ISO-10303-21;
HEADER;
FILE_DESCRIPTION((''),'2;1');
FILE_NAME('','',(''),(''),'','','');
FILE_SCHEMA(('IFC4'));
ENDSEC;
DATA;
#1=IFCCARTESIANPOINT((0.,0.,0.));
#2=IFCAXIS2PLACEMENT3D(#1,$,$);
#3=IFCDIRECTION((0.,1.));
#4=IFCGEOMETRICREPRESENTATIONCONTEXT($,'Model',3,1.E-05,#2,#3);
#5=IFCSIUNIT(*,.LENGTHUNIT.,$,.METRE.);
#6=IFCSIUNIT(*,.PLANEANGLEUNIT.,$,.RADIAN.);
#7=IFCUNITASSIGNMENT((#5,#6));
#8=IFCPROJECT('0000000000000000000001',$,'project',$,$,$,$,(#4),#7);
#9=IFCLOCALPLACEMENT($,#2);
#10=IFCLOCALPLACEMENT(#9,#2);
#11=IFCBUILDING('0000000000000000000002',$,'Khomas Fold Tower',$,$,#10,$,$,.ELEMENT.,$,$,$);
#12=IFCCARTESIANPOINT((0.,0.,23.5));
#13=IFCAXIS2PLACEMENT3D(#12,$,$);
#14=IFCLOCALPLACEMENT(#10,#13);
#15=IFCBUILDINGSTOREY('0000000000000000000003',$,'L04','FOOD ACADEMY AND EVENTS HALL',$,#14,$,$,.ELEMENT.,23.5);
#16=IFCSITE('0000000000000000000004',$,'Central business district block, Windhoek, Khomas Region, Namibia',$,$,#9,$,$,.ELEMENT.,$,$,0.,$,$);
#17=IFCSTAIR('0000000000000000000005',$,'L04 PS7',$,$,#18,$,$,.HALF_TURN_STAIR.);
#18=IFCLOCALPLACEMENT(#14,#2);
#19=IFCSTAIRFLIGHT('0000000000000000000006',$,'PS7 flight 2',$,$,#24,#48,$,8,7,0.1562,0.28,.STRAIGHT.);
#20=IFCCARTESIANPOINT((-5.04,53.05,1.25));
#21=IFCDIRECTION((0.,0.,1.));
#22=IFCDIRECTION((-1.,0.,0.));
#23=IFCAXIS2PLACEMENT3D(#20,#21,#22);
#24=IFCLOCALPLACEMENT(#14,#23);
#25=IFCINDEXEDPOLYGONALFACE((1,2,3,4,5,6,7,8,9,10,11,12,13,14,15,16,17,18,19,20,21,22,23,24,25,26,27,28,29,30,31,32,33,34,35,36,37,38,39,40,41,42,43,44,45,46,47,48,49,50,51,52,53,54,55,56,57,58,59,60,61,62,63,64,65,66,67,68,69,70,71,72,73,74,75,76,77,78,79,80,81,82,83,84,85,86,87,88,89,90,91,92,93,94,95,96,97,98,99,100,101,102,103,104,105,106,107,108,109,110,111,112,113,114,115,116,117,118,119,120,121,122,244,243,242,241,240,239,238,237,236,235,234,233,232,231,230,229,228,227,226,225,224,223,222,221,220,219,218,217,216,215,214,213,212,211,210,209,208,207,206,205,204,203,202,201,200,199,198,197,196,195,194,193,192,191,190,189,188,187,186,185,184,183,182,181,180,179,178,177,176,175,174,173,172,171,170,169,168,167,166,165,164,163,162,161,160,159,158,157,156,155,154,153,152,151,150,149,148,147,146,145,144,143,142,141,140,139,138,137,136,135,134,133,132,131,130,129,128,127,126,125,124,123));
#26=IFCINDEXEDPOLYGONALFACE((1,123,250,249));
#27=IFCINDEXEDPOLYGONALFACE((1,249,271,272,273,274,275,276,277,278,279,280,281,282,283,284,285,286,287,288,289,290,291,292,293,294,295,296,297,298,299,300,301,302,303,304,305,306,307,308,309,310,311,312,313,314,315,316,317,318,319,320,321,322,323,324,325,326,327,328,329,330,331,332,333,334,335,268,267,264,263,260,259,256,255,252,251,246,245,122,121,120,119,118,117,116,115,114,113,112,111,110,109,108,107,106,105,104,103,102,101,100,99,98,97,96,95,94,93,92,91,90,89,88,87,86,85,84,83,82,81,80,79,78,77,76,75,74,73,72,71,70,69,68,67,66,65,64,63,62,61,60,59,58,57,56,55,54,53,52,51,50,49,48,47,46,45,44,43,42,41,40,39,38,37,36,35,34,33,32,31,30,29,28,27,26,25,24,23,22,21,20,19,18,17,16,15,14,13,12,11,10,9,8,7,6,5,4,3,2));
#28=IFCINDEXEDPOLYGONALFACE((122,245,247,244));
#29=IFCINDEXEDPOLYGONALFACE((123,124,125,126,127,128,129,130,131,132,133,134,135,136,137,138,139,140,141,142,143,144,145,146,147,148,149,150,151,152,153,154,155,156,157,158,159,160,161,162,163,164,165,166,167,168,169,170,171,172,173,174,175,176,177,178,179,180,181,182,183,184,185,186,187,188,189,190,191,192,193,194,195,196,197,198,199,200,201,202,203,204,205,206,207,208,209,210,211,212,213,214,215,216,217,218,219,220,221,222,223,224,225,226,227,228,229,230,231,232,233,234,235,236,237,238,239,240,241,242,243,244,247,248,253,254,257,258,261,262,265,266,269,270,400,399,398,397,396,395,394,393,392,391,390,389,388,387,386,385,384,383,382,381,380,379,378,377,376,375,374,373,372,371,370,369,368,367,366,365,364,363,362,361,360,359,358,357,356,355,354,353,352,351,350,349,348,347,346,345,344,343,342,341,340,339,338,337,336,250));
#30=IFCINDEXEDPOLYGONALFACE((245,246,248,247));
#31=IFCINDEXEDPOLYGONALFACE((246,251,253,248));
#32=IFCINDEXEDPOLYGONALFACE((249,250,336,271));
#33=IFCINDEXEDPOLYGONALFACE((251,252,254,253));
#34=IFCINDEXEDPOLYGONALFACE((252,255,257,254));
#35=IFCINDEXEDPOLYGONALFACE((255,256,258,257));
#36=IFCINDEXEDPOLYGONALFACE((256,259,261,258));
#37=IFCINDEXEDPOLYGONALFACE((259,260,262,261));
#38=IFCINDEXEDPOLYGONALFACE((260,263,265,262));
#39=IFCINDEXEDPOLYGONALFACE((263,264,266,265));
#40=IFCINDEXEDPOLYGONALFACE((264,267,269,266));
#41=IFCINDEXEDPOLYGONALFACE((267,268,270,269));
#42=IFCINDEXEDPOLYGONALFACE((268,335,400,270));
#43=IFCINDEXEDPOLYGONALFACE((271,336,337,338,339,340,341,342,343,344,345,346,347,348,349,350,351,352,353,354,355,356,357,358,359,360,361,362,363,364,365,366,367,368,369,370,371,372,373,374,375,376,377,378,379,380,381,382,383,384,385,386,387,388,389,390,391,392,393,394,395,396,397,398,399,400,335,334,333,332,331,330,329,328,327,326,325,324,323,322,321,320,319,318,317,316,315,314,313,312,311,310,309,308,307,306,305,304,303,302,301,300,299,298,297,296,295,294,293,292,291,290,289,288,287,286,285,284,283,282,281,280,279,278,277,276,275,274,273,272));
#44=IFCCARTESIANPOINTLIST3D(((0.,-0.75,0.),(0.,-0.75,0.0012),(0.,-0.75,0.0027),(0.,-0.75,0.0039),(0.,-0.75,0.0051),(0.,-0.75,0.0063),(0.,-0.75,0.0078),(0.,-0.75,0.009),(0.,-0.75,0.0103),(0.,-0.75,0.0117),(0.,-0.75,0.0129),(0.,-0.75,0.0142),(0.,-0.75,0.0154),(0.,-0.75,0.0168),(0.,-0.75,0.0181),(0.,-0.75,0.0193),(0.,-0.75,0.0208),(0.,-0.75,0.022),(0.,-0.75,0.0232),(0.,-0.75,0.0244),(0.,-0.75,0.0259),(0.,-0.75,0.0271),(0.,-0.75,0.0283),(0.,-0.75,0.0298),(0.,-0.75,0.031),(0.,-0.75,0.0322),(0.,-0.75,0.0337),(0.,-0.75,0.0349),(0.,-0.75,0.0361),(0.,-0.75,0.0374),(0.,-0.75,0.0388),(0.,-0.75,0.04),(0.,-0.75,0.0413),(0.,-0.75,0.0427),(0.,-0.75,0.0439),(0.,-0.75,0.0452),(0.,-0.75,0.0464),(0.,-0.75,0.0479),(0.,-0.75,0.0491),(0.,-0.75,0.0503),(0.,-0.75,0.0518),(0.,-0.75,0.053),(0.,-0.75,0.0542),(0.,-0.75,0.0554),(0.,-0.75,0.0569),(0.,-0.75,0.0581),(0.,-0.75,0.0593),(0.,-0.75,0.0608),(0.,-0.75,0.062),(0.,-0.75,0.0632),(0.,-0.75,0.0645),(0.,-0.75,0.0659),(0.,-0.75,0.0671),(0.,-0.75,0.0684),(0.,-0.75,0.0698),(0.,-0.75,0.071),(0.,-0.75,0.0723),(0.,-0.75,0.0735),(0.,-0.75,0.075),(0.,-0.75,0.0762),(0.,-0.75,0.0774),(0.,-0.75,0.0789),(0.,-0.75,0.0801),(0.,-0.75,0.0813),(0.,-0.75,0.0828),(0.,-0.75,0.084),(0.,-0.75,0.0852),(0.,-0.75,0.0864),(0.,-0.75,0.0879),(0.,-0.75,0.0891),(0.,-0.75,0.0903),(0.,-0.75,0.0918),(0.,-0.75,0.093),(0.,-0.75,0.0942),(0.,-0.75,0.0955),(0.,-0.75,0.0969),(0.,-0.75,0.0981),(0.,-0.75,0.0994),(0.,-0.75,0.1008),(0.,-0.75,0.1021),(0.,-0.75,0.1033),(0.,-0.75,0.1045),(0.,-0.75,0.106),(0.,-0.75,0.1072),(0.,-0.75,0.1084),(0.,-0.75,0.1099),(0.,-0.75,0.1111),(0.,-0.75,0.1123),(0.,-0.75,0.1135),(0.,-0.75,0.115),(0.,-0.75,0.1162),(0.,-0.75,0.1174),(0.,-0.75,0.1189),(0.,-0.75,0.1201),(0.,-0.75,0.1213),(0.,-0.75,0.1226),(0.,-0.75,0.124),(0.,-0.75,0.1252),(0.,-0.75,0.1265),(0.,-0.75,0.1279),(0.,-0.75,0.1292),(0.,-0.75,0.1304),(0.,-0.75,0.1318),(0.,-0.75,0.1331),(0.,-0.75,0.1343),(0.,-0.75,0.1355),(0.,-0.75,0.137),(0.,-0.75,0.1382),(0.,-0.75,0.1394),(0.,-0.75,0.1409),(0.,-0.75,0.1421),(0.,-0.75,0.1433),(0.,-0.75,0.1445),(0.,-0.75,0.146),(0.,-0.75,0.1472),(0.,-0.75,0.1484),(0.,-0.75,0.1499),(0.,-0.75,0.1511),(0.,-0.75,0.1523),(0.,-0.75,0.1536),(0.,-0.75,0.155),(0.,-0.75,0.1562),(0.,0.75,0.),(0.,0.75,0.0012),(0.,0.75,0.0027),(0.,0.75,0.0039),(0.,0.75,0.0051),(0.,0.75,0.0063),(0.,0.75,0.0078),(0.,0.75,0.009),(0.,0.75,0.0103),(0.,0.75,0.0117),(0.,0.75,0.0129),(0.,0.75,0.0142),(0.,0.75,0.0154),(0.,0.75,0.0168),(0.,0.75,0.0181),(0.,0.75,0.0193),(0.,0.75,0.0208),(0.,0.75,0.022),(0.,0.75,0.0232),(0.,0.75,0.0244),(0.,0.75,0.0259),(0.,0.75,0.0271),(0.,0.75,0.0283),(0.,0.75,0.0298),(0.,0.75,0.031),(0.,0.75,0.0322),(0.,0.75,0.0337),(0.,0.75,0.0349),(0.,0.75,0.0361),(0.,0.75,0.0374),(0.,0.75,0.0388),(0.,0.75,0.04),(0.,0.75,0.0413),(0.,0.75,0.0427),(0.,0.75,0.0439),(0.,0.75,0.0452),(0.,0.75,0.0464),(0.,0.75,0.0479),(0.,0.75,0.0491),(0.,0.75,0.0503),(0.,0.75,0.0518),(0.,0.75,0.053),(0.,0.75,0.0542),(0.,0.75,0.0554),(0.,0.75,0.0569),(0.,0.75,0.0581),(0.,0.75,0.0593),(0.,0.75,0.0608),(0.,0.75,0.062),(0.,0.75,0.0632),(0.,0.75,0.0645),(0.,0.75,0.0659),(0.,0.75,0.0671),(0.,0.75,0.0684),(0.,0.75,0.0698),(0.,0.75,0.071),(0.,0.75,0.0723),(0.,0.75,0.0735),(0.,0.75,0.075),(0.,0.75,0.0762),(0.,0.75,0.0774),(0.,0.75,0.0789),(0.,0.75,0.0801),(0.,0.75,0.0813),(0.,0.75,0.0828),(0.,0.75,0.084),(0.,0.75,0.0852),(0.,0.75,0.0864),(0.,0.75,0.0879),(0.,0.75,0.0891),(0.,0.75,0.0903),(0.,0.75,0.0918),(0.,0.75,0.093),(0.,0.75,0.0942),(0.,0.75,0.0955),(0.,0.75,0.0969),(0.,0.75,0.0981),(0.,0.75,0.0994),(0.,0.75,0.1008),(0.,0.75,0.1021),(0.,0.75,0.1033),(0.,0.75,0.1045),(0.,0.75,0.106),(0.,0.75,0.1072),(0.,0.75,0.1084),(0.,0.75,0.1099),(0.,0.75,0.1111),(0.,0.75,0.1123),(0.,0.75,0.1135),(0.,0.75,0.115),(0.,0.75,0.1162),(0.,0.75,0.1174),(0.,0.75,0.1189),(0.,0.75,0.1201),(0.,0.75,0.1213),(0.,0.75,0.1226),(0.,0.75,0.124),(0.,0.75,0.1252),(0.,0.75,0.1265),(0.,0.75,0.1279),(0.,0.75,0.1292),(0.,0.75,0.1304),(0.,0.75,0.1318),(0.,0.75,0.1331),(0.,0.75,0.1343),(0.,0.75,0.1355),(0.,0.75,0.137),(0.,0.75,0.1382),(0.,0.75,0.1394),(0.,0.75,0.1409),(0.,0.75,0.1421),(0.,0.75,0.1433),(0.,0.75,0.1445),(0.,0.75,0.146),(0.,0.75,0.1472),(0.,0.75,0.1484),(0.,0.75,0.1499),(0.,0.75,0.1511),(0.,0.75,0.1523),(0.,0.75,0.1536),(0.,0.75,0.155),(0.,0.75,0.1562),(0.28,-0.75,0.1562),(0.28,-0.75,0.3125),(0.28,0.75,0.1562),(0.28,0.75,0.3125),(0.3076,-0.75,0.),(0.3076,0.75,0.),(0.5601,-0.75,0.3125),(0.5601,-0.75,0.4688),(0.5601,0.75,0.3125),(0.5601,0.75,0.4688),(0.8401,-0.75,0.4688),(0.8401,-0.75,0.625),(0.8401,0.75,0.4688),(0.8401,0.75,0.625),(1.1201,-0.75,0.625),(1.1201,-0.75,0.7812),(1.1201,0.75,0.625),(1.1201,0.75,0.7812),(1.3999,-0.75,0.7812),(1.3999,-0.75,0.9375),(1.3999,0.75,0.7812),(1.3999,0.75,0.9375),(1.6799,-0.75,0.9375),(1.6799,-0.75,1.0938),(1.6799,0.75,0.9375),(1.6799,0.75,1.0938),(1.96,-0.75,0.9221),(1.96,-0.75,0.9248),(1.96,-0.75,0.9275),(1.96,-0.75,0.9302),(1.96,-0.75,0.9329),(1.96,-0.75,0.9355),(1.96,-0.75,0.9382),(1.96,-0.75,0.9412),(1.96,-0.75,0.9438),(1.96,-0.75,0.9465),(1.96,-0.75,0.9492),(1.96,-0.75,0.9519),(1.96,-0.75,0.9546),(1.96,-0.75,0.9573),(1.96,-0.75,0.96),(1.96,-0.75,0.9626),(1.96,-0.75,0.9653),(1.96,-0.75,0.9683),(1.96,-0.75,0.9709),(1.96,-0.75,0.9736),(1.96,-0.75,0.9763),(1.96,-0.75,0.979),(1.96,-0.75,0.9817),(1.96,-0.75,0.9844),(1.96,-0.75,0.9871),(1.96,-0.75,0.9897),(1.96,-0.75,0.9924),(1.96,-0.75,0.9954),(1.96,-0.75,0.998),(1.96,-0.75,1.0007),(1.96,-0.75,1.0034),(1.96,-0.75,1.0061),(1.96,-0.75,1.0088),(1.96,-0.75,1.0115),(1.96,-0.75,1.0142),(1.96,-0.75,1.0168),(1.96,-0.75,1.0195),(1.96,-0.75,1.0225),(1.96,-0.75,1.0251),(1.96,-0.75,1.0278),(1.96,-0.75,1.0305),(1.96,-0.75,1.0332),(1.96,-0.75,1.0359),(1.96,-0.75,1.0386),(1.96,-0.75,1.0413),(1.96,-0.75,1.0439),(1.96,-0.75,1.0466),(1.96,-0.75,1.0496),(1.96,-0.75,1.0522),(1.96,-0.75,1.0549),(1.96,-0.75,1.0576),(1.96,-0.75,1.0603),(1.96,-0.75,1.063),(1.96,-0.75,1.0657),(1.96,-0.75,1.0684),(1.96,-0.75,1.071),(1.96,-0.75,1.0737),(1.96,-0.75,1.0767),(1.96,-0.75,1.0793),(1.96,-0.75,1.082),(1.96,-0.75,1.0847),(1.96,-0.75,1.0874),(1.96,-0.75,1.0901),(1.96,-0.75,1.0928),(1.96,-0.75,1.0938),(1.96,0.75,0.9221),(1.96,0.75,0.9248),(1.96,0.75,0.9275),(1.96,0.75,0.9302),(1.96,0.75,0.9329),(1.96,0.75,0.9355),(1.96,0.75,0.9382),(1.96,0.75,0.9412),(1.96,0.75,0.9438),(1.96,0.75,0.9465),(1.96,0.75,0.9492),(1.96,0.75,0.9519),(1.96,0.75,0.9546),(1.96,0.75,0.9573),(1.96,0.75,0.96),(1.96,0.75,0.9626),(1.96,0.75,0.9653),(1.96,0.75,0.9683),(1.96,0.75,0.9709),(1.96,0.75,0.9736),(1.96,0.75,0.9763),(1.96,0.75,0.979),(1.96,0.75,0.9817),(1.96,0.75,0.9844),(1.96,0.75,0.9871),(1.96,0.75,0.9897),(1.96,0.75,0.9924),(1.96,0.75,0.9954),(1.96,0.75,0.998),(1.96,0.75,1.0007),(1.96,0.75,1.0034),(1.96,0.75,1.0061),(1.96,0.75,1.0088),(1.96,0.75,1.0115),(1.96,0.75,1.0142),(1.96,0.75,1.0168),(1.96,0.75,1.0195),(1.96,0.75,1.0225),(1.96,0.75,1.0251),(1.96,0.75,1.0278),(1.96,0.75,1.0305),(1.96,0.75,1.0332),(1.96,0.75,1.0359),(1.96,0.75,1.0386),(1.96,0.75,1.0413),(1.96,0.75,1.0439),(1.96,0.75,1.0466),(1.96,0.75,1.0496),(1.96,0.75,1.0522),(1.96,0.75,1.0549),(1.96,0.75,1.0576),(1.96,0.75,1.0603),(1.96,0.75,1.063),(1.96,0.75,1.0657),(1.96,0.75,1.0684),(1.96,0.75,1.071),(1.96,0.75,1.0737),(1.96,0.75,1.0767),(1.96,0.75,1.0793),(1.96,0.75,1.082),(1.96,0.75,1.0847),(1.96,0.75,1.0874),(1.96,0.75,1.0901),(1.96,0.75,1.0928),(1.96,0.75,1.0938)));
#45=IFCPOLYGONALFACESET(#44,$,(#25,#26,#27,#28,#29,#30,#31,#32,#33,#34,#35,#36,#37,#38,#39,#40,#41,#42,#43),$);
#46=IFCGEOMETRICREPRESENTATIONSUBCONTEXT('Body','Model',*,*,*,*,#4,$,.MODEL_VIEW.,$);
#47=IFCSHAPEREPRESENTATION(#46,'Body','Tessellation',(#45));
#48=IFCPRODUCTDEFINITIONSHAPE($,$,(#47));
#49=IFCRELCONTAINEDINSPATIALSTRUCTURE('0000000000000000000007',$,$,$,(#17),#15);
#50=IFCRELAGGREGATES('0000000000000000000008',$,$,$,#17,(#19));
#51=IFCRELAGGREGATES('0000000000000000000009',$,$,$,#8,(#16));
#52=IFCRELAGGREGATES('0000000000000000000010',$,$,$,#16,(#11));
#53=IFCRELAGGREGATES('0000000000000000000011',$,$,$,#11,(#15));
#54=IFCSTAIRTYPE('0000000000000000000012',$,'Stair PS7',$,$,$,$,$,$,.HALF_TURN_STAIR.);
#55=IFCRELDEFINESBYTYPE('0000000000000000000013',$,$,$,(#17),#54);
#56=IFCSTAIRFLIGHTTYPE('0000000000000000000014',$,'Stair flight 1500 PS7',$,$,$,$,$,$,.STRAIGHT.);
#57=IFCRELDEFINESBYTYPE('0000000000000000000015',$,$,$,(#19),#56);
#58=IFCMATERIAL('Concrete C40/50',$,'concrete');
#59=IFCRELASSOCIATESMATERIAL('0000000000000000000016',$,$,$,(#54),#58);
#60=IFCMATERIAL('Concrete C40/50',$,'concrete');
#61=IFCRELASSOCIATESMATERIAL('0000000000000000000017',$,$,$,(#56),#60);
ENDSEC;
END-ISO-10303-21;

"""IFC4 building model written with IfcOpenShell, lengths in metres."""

from ifc_helpers import new_model, si_unit, direction, frame, origin, place, context, subcontext, project, spatial, polyline, outline, extrude, source, transform, mapped, material, type_object, element, aggregate, save


model = new_model("IFC4")

# Units and contexts
model_context = context("Model", 3, precision=1e-05, world=origin(), true_north=direction((0.0, 1.0)))
body_context = subcontext(model_context, "Body", "Model", "MODEL_VIEW")
ifc_project = project(units=[si_unit("LENGTHUNIT", "METRE"), si_unit("PLANEANGLEUNIT", "RADIAN")], contexts=[model_context])

# Site, building, storey
site_placement = place(None, origin())
site = spatial("IfcSite", under=ifc_project, at=site_placement, Name="Central business district block, Windhoek, Khomas Region, Namibia", CompositionType="ELEMENT", RefElevation=0.0)
building_placement = place(site_placement, origin())
building = spatial("IfcBuilding", under=site, at=building_placement, Name="Khomas Fold Tower", CompositionType="ELEMENT")
storey_placement = place(building_placement, frame((0.0, 0.0, 23.5)))
storey = spatial("IfcBuildingStorey", under=building, at=storey_placement, Name="L04", Description="FOOD ACADEMY AND EVENTS HALL", CompositionType="ELEMENT", Elevation=23.5)

# Stair, stair flight
ifc_material_1 = material(Name="Concrete C40/50", Category="concrete")
stair_type = type_object("IfcStairType", Name="Stair PS7", PredefinedType="HALF_TURN_STAIR", material=ifc_material_1)
stair_placement = place(storey_placement, origin())
stair = element("IfcStair", 1, at=stair_placement, inside=storey, type_object=stair_type, Name="L04 PS7", PredefinedType="HALF_TURN_STAIR")
ifc_material_2 = material(Name="Concrete C40/50", Category="concrete")
stair_flight_type = type_object("IfcStairFlightType", Name="Stair flight 1500 PS7", PredefinedType="STRAIGHT", material=ifc_material_2)
shared_shape_1 = source(origin(), body_context, "Body", "SweptSolid", [
    extrude(outline(polyline([(0.0, 0.0), (0.0, 0.0012), (0.0, 0.0027), (0.0, 0.0039), (0.0, 0.0051), (0.0, 0.0063), (0.0, 0.0078), (0.0, 0.009), (0.0, 0.0103), (0.0, 0.0117), (0.0, 0.0129), (0.0, 0.0142), (0.0, 0.0154), (0.0, 0.0168), (0.0, 0.0181), (0.0, 0.0193), (0.0, 0.0208), (0.0, 0.022), (0.0, 0.0232), (0.0, 0.0244), (0.0, 0.0259), (0.0, 0.0271), (0.0, 0.0283), (0.0, 0.0298), (0.0, 0.031), (0.0, 0.0322), (0.0, 0.0337), (0.0, 0.0349), (0.0, 0.0361), (0.0, 0.0374), (0.0, 0.0388), (0.0, 0.04), (0.0, 0.0413), (0.0, 0.0427), (0.0, 0.0439), (0.0, 0.0452), (0.0, 0.0464), (0.0, 0.0479), (0.0, 0.0491), (0.0, 0.0503), (0.0, 0.0518), (0.0, 0.053), (0.0, 0.0542), (0.0, 0.0554), (0.0, 0.0569), (0.0, 0.0581), (0.0, 0.0593), (0.0, 0.0608), (0.0, 0.062), (0.0, 0.0632), (0.0, 0.0645), (0.0, 0.0659), (0.0, 0.0671), (0.0, 0.0684), (0.0, 0.0698), (0.0, 0.071), (0.0, 0.0723), (0.0, 0.0735), (0.0, 0.075), (0.0, 0.0762), (0.0, 0.0774), (0.0, 0.0789), (0.0, 0.0801), (0.0, 0.0813), (0.0, 0.0828), (0.0, 0.084), (0.0, 0.0852), (0.0, 0.0864), (0.0, 0.0879), (0.0, 0.0891), (0.0, 0.0903), (0.0, 0.0918), (0.0, 0.093), (0.0, 0.0942), (0.0, 0.0955), (0.0, 0.0969), (0.0, 0.0981), (0.0, 0.0994), (0.0, 0.1008), (0.0, 0.1021), (0.0, 0.1033), (0.0, 0.1045), (0.0, 0.106), (0.0, 0.1072), (0.0, 0.1084), (0.0, 0.1099), (0.0, 0.1111), (0.0, 0.1123), (0.0, 0.1135), (0.0, 0.115), (0.0, 0.1162), (0.0, 0.1174), (0.0, 0.1189), (0.0, 0.1201), (0.0, 0.1213), (0.0, 0.1226), (0.0, 0.124), (0.0, 0.1252), (0.0, 0.1265), (0.0, 0.1279), (0.0, 0.1292), (0.0, 0.1304), (0.0, 0.1318), (0.0, 0.1331), (0.0, 0.1343), (0.0, 0.1355), (0.0, 0.137), (0.0, 0.1382), (0.0, 0.1394), (0.0, 0.1409), (0.0, 0.1421), (0.0, 0.1433), (0.0, 0.1445), (0.0, 0.146), (0.0, 0.1472), (0.0, 0.1484), (0.0, 0.1499), (0.0, 0.1511), (0.0, 0.1523), (0.0, 0.1536), (0.0, 0.155), (0.0, 0.1562), (0.28, 0.1562), (0.28, 0.3125), (0.5601, 0.3125), (0.5601, 0.4688), (0.8401, 0.4688), (0.8401, 0.625), (1.1201, 0.625), (1.1201, 0.7812), (1.3999, 0.7812), (1.3999, 0.9375), (1.6799, 0.9375), (1.6799, 1.0938), (1.96, 1.0938), (1.96, 1.25), (1.96, 1.2473), (1.96, 1.2446), (1.96, 1.2419), (1.96, 1.2393), (1.96, 1.2363), (1.96, 1.2336), (1.96, 1.231), (1.96, 1.2283), (1.96, 1.2256), (1.96, 1.2229), (1.96, 1.2202), (1.96, 1.2175), (1.96, 1.2148), (1.96, 1.2122), (1.96, 1.2092), (1.96, 1.2065), (1.96, 1.2039), (1.96, 1.2012), (1.96, 1.1985), (1.96, 1.1958), (1.96, 1.1931), (1.96, 1.1904), (1.96, 1.1877), (1.96, 1.1851), (1.96, 1.1821), (1.96, 1.1794), (1.96, 1.1768), (1.96, 1.1741), (1.96, 1.1714), (1.96, 1.1687), (1.96, 1.166), (1.96, 1.1633), (1.96, 1.1606), (1.96, 1.158), (1.96, 1.155), (1.96, 1.1523), (1.96, 1.1497), (1.96, 1.147), (1.96, 1.1443), (1.96, 1.1416), (1.96, 1.1389), (1.96, 1.1362), (1.96, 1.1335), (1.96, 1.1309), (1.96, 1.1279), (1.96, 1.1252), (1.96, 1.1226), (1.96, 1.1199), (1.96, 1.1172), (1.96, 1.1145), (1.96, 1.1118), (1.96, 1.1091), (1.96, 1.1064), (1.96, 1.1038), (1.96, 1.1008), (1.96, 1.0981), (1.96, 1.0955), (1.96, 1.0928), (1.96, 1.0901), (1.96, 1.0874), (1.96, 1.0847), (1.96, 1.082), (1.96, 1.0793), (1.96, 1.0767), (1.96, 1.0737), (1.96, 1.071), (1.96, 1.0684), (1.96, 1.0657), (1.96, 1.063), (1.96, 1.0603), (1.96, 1.0576), (1.96, 1.0549), (1.96, 1.0522), (1.96, 1.0496), (1.96, 1.0466), (1.96, 1.0439), (1.96, 1.0413), (1.96, 1.0386), (1.96, 1.0359), (1.96, 1.0332), (1.96, 1.0305), (1.96, 1.0278), (1.96, 1.0251), (1.96, 1.0225), (1.96, 1.0195), (1.96, 1.0168), (1.96, 1.0142), (1.96, 1.0115), (1.96, 1.0088), (1.96, 1.0061), (1.96, 1.0034), (1.96, 1.0007), (1.96, 0.998), (1.96, 0.9954), (1.96, 0.9924), (1.96, 0.9897), (1.96, 0.9871), (1.96, 0.9844), (1.96, 0.9817), (1.96, 0.979), (1.96, 0.9763), (1.96, 0.9736), (1.96, 0.9709), (1.96, 0.9683), (1.96, 0.9653), (1.96, 0.9626), (1.96, 0.96), (1.96, 0.9573), (1.96, 0.9546), (1.96, 0.9519), (1.96, 0.9492), (1.96, 0.9465), (1.96, 0.9438), (1.96, 0.9412), (1.96, 0.9382), (1.96, 0.9355), (1.96, 0.9329), (1.96, 0.9302), (1.96, 0.9275), (1.96, 0.9248), (1.96, 0.9221), (0.3076, 0.0), (0.0, 0.0)])), frame((0.0, 0.75, 0.0), z_axis=(0.0, -1.0, 0.0), x_axis=(1.0, 0.0, 0.0)), (0.0, 0.0, 1.0), 1.5),
])
stair_flight_1_placement = place(storey_placement, frame((-5.04, 53.05, 1.25), z_axis=(0.0, 0.0, 1.0), x_axis=(-1.0, 0.0, 0.0)))
stair_flight_1 = element("IfcStairFlight", 2, at=stair_flight_1_placement, type_object=stair_flight_type, Name="PS7 flight 2", NumberOfRisers=8, NumberOfTreads=7, PredefinedType="STRAIGHT", RiserHeight=0.1562, TreadLength=0.28, context=body_context, shape_type="MappedRepresentation", body=[
    mapped(shared_shape_1, transform((0.0, 0.0, 0.0))),
])
aggregate(stair, [stair_flight_1])

save(model, "model.ifc")
